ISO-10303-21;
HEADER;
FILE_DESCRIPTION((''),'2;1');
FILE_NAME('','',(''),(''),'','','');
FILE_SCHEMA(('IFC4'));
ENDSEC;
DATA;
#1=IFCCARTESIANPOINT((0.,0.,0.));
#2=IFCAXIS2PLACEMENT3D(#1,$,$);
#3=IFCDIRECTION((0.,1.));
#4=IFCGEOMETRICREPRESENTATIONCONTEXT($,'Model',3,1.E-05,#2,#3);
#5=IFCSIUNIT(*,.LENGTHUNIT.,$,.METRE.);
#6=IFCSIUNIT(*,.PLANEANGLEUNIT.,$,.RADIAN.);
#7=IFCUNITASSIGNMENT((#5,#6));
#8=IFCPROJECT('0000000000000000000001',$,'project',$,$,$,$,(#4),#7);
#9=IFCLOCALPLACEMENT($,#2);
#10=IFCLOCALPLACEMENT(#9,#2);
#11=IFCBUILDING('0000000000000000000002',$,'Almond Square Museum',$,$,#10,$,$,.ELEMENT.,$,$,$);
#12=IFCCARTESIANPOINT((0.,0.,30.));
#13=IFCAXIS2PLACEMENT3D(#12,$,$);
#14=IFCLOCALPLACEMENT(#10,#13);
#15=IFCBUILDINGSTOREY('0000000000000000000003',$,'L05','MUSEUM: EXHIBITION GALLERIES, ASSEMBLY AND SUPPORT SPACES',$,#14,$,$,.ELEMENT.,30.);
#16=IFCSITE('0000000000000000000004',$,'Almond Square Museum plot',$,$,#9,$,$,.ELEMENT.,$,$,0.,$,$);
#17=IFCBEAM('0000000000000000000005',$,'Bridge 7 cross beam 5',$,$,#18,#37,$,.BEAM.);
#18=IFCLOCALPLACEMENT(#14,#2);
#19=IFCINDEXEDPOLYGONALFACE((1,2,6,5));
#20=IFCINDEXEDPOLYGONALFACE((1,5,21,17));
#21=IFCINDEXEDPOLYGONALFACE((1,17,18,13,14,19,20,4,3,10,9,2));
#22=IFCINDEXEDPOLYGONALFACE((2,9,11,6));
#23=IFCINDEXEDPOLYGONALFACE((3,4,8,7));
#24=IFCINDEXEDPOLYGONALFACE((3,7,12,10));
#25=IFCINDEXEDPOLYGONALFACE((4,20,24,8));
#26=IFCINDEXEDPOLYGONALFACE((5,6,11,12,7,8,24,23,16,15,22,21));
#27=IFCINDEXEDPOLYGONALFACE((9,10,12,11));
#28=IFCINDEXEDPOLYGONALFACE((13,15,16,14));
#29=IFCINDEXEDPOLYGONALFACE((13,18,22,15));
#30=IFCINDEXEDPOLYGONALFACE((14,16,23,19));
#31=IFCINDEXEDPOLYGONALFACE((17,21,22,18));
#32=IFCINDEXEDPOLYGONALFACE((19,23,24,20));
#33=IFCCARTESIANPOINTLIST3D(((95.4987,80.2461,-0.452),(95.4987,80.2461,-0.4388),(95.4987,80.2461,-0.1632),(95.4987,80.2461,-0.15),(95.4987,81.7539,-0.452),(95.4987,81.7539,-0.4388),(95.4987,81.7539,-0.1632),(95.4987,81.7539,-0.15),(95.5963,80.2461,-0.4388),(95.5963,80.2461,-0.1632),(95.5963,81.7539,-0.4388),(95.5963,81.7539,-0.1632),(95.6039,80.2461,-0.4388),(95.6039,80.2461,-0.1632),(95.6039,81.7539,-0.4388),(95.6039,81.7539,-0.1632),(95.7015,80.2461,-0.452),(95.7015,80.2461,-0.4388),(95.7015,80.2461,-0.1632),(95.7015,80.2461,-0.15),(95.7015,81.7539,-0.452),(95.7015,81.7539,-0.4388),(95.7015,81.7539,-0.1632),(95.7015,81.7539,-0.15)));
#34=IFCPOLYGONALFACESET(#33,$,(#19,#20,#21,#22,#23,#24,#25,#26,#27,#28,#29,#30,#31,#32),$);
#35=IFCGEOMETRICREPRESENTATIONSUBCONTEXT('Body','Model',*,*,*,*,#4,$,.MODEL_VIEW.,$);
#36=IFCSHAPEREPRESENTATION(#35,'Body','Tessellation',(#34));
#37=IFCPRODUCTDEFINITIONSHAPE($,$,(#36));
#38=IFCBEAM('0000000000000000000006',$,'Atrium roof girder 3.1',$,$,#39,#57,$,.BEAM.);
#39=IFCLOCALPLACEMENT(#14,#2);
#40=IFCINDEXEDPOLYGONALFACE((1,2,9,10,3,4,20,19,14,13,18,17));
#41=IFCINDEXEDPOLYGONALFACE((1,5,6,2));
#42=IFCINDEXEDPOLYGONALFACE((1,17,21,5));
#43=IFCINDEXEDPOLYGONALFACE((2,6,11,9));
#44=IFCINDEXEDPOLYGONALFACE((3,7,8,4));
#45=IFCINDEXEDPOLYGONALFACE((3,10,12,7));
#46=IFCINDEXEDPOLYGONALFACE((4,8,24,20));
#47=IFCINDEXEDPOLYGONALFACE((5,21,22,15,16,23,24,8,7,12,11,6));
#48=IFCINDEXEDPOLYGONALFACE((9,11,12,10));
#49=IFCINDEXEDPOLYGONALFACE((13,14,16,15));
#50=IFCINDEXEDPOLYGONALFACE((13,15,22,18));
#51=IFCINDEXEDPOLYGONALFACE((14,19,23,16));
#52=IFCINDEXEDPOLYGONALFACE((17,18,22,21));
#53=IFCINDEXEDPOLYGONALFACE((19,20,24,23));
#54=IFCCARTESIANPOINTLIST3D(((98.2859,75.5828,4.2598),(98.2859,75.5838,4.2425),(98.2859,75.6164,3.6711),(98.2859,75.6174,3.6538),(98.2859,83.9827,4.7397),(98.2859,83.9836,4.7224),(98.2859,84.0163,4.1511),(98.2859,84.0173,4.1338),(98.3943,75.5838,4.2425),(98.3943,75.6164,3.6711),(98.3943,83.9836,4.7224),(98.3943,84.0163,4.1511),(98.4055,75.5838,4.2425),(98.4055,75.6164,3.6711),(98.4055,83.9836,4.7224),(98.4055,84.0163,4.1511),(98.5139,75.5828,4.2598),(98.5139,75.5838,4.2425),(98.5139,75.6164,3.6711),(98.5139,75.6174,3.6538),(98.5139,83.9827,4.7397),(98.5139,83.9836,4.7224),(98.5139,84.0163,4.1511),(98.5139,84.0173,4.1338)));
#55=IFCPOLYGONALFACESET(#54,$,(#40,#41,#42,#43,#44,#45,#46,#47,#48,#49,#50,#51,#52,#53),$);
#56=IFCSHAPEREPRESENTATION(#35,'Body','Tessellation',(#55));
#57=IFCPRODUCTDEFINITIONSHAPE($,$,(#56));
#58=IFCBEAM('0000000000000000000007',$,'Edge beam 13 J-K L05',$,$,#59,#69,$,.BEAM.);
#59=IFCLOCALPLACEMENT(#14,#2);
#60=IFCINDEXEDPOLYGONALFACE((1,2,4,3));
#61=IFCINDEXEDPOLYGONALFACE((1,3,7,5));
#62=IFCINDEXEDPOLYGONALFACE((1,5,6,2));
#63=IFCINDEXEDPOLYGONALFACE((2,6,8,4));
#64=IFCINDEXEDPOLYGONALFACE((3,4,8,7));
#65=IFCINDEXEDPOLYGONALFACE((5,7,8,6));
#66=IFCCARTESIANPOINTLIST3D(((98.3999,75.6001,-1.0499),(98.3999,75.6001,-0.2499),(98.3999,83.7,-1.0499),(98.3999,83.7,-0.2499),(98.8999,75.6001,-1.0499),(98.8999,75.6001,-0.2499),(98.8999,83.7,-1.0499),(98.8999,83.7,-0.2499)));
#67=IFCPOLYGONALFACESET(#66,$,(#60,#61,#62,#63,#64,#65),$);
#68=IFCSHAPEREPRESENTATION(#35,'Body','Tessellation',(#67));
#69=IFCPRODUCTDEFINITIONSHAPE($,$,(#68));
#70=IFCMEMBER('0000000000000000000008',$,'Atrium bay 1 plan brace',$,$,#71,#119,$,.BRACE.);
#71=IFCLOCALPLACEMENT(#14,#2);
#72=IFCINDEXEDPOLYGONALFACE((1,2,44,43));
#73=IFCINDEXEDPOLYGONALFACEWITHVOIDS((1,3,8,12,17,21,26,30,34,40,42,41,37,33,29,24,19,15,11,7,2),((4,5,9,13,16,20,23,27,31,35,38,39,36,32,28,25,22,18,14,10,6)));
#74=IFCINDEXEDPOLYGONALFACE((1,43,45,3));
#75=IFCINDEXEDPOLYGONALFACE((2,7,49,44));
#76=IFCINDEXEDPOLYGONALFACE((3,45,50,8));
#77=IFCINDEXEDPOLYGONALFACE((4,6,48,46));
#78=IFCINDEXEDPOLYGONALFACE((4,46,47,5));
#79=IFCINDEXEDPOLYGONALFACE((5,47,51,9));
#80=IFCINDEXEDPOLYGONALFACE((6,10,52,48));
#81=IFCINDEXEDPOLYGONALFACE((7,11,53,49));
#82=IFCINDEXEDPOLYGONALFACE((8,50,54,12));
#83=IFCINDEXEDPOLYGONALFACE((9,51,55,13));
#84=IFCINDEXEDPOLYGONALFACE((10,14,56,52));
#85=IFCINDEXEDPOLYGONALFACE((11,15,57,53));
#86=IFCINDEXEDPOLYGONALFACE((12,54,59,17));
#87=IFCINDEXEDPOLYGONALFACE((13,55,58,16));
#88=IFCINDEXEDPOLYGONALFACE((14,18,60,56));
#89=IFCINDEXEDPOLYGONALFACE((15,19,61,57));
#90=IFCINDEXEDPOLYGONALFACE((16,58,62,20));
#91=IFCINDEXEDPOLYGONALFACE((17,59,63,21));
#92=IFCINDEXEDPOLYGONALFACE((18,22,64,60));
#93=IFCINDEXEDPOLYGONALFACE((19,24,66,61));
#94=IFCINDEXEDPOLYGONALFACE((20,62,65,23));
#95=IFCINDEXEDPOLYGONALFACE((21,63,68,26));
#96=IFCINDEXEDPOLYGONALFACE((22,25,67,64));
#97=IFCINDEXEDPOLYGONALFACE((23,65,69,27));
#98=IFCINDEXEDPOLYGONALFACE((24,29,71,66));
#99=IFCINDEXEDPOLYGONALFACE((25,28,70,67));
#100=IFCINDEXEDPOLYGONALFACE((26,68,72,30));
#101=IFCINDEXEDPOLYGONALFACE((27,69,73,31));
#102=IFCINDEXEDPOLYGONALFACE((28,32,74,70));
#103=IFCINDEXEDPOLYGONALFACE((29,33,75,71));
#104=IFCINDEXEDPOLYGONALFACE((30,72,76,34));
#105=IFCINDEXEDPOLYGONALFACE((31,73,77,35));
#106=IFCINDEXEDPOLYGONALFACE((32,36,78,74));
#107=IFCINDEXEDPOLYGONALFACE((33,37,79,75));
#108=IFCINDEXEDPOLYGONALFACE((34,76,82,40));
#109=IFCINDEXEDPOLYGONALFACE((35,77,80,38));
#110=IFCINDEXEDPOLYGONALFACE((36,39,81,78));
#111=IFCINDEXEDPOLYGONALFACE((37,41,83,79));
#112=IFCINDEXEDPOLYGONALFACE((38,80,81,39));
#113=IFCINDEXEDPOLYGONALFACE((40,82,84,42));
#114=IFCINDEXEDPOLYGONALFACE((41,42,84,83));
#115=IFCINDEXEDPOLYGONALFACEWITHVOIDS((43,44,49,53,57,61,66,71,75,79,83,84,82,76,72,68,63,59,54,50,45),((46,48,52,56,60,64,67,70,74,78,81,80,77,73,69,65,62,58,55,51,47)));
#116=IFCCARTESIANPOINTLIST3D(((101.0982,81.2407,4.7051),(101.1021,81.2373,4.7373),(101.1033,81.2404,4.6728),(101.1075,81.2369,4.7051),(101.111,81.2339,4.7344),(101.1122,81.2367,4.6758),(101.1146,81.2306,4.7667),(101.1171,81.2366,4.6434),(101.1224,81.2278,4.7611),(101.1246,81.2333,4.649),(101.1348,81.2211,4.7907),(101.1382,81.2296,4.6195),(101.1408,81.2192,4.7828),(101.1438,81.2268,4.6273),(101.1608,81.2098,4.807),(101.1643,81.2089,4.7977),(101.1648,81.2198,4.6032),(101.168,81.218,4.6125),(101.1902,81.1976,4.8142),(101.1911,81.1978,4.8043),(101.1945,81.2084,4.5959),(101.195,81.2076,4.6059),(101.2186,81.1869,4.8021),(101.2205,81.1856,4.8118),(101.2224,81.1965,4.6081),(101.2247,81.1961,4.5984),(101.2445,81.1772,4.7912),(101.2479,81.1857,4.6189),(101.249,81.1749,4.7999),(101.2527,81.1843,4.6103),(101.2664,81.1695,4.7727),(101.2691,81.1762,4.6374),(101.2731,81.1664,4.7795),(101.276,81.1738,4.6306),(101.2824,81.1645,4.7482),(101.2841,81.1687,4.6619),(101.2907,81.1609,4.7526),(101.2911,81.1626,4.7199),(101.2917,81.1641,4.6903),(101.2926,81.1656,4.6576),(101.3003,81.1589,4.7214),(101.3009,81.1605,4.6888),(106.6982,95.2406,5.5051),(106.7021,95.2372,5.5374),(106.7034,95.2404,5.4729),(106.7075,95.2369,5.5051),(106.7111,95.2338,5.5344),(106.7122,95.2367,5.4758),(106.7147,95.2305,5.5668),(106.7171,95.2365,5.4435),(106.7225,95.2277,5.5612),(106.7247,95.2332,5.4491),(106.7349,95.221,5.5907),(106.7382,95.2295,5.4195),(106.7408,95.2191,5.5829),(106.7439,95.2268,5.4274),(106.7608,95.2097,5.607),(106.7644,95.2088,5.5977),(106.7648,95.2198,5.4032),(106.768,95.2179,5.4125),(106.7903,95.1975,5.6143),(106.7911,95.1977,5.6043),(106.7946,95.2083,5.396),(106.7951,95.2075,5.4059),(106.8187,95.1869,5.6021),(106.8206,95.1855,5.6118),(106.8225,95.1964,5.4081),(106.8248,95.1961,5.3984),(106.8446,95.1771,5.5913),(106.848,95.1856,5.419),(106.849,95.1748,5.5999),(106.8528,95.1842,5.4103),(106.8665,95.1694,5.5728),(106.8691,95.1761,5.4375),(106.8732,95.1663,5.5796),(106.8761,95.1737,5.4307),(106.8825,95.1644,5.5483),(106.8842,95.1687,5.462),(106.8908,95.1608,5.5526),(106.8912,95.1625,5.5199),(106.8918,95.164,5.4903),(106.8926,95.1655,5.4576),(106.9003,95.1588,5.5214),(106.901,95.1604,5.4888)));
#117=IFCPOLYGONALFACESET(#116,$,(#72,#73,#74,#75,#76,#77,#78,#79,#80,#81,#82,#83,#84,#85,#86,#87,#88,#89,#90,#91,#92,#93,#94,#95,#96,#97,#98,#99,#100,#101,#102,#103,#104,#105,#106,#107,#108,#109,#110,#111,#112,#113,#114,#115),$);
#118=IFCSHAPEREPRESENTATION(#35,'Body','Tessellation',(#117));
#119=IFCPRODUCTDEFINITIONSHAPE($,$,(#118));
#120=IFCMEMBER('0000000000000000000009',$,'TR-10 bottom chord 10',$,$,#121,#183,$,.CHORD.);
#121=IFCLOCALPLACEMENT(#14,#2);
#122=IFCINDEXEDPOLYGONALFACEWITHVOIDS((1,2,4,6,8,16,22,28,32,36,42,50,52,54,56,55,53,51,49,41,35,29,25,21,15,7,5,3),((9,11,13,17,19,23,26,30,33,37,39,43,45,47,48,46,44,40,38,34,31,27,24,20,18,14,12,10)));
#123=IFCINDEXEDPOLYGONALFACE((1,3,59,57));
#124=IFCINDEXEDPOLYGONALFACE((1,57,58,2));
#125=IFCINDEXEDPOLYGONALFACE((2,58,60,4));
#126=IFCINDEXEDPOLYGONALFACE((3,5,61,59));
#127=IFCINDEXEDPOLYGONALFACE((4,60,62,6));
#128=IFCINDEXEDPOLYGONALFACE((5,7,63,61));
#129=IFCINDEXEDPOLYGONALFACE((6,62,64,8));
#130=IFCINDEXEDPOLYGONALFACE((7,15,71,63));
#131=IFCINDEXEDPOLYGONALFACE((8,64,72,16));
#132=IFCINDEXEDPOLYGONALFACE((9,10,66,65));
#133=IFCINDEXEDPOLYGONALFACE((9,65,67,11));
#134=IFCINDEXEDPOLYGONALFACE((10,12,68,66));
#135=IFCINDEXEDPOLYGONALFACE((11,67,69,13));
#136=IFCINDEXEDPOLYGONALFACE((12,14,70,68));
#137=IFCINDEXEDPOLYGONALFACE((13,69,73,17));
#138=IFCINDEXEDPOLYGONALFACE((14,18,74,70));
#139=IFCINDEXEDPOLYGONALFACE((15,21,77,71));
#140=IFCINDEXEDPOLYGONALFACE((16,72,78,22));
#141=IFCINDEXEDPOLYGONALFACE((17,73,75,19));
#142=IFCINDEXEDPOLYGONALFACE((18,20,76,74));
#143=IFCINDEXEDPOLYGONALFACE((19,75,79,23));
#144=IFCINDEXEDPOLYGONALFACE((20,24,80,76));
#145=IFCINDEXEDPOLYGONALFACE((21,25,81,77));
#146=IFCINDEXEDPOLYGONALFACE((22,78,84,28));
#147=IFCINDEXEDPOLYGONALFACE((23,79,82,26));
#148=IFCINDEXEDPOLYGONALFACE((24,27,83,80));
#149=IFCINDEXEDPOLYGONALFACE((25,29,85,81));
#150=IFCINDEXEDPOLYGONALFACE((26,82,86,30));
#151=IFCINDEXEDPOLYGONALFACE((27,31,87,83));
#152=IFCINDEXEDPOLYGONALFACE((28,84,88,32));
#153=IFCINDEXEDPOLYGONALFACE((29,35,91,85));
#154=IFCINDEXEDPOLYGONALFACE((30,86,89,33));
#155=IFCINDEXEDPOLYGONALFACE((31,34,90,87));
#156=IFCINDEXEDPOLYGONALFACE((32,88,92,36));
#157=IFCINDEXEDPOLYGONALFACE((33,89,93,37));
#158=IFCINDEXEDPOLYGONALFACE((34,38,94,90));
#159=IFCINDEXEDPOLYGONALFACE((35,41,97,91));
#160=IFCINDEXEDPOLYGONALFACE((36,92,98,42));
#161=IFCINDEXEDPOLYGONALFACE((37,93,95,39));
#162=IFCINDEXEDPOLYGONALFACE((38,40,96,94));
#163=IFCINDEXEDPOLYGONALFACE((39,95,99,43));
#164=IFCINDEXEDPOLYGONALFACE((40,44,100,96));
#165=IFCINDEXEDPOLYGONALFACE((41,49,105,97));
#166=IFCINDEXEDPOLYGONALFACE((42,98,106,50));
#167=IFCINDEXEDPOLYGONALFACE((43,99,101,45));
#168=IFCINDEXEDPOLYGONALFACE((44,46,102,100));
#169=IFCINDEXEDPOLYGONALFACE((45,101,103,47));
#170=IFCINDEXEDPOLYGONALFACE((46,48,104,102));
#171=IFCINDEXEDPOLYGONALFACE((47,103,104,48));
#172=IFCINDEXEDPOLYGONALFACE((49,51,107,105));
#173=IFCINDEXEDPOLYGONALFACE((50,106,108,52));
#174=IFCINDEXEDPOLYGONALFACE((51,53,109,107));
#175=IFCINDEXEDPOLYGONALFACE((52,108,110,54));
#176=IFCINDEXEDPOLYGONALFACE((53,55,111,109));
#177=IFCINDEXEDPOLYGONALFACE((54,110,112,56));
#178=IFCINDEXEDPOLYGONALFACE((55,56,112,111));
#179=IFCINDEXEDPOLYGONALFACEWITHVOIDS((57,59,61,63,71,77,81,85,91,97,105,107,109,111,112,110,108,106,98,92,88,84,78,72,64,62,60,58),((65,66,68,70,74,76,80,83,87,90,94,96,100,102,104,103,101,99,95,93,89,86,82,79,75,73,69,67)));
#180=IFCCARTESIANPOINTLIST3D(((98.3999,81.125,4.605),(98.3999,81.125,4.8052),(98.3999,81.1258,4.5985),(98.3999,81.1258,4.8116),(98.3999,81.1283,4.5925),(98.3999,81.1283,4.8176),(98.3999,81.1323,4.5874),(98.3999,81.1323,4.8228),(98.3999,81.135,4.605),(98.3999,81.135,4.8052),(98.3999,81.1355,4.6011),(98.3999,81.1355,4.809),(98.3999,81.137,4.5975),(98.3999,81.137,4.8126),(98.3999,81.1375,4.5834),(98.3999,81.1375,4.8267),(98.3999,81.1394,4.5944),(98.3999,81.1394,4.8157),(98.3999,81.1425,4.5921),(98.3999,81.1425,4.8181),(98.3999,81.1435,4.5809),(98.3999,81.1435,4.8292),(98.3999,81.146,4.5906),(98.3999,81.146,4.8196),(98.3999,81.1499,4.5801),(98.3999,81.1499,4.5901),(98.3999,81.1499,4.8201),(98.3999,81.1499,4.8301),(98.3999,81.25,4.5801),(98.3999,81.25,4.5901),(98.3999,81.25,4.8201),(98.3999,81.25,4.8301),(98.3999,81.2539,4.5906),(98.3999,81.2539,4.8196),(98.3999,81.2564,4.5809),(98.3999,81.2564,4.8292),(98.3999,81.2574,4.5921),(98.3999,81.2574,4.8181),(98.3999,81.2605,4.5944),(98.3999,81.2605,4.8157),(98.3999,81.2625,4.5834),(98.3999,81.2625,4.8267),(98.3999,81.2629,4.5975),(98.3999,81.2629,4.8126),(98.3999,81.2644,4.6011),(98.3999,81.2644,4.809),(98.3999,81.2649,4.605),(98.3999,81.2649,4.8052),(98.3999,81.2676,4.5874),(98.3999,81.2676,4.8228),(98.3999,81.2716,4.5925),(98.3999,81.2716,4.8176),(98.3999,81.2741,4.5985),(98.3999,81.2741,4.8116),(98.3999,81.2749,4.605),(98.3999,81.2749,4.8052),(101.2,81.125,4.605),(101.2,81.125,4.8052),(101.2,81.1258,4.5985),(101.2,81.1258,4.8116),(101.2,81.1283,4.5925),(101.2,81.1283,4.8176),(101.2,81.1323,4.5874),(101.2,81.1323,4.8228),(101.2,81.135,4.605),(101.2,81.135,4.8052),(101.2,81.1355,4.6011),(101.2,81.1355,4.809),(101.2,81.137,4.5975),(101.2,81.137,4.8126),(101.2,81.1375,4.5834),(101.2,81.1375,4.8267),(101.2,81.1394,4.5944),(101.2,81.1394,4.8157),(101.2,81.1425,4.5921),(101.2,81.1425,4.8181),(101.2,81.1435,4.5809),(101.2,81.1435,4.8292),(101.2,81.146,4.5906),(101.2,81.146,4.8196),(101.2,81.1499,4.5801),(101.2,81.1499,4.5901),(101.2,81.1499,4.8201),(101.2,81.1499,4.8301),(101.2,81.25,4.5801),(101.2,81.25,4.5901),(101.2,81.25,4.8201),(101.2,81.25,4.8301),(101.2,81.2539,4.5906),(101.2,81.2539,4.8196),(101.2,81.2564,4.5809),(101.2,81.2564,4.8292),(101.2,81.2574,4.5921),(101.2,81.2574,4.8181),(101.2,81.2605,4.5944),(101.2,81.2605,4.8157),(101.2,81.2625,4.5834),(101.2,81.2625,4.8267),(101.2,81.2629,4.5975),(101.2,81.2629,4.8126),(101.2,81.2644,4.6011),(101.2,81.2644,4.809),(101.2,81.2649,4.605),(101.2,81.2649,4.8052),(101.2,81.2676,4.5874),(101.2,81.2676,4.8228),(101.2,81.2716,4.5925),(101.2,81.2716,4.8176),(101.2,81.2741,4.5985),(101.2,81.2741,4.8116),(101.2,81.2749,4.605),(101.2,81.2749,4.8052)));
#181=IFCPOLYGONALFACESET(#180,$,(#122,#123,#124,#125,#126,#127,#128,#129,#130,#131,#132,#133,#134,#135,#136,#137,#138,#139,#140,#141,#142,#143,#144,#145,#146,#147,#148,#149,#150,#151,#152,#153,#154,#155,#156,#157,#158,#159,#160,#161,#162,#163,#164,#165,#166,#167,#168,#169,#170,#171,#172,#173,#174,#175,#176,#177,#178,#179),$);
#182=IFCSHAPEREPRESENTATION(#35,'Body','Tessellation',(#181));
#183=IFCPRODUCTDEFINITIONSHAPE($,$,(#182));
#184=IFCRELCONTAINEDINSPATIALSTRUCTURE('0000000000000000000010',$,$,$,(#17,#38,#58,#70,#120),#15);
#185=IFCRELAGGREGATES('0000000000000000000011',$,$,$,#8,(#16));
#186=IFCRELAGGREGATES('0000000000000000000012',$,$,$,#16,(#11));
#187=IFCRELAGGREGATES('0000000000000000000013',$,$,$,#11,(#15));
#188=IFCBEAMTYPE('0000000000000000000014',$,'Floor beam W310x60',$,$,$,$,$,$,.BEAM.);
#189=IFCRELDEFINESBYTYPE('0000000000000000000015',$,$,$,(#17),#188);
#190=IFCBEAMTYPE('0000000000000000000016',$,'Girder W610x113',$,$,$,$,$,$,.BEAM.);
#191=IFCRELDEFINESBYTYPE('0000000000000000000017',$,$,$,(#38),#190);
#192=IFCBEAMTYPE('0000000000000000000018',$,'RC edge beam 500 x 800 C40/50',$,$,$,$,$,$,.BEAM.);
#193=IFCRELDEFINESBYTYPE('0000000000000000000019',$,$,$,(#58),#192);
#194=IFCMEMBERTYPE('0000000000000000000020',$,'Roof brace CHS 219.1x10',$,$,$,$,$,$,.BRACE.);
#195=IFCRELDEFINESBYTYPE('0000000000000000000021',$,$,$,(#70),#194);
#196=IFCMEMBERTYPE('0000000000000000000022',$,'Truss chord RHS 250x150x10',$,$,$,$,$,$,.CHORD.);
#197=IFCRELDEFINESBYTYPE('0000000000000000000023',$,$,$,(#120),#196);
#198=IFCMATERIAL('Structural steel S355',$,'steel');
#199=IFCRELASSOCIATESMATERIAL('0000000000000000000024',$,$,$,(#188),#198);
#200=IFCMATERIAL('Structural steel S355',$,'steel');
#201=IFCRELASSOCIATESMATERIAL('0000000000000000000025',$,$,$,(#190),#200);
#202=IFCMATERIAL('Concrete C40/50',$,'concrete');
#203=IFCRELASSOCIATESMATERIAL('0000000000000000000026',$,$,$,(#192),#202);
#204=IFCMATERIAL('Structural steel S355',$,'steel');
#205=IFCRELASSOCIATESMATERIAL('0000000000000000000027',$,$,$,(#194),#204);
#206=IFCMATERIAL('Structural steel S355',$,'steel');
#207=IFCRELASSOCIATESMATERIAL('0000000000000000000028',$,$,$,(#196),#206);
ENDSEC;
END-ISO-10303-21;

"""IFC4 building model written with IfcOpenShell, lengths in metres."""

from ifc_helpers import new_model, si_unit, direction, frame, origin, origin_2d, place, context, subcontext, project, spatial, rectangle, hollow_rectangle, hollow_circle, i_section, extrude, material, material_profile, profile_set, type_object, element, save


model = new_model("IFC4")

# Units and contexts
model_context = context("Model", 3, precision=1e-05, world=origin(), true_north=direction((0.0, 1.0)))
body_context = subcontext(model_context, "Body", "Model", "MODEL_VIEW")
ifc_project = project(units=[si_unit("LENGTHUNIT", "METRE"), si_unit("PLANEANGLEUNIT", "RADIAN")], contexts=[model_context])

# Site, building, storey
site_placement = place(None, origin())
site = spatial("IfcSite", under=ifc_project, at=site_placement, Name="Almond Square Museum plot", CompositionType="ELEMENT", RefElevation=0.0)
building_placement = place(site_placement, origin())
building = spatial("IfcBuilding", under=site, at=building_placement, Name="Almond Square Museum", CompositionType="ELEMENT")
storey_placement = place(building_placement, frame((0.0, 0.0, 30.0)))
storey = spatial("IfcBuildingStorey", under=building, at=storey_placement, Name="L05", Description="MUSEUM: EXHIBITION GALLERIES, ASSEMBLY AND SUPPORT SPACES", CompositionType="ELEMENT", Elevation=30.0)

# Beams
ifc_material_1 = material(Name="Structural steel S355", Category="steel")
ifc_material_profile_1 = material_profile(ifc_material_1, i_section(OverallWidth=0.2029, OverallDepth=0.302, WebThickness=0.0076, FlangeThickness=0.0132, at=origin_2d()))
ifc_profile_set_1 = profile_set([ifc_material_profile_1], Name="Structural steel S355")
beam_type_1 = type_object("IfcBeamType", Name="Floor beam W310x60", PredefinedType="BEAM", material=ifc_profile_set_1)
beam_1_placement = place(storey_placement, frame((95.6001, 80.2461, -0.301), z_axis=(0.0, 1.0, 0.0), x_axis=(-1.0, 0.0, 0.0)))
element("IfcBeam", 1, at=beam_1_placement, inside=storey, type_object=beam_type_1, Name="Bridge 7 cross beam 5", PredefinedType="BEAM", context=body_context, shape_type="SweptSolid", body=[
    extrude(i_section(OverallWidth=0.2029, OverallDepth=0.302, WebThickness=0.0076, FlangeThickness=0.0132, at=origin_2d()), origin(), (0.0, 0.0, 1.0), 1.5078),
])
ifc_material_2 = material(Name="Structural steel S355", Category="steel")
ifc_material_profile_2 = material_profile(ifc_material_2, i_section(OverallWidth=0.228, OverallDepth=0.6069, WebThickness=0.0112, FlangeThickness=0.0173, at=origin_2d()))
ifc_profile_set_2 = profile_set([ifc_material_profile_2], Name="Structural steel S355")
beam_type_2 = type_object("IfcBeamType", Name="Girder W610x113", PredefinedType="BEAM", material=ifc_profile_set_2)
beam_2_placement = place(storey_placement, frame((98.3999, 75.6001, 3.9568), z_axis=(0.0, 0.998371, 0.057048), x_axis=(-1.0, 0.0, 0.0)))
element("IfcBeam", 2, at=beam_2_placement, inside=storey, type_object=beam_type_2, Name="Atrium roof girder 3.1", PredefinedType="BEAM", context=body_context, shape_type="SweptSolid", body=[
    extrude(i_section(OverallWidth=0.228, OverallDepth=0.6069, WebThickness=0.0112, FlangeThickness=0.0173, at=origin_2d()), origin(), (0.0, 0.0, 1.0), 8.4136),
])
ifc_material_3 = material(Name="Concrete C40/50", Category="concrete")
ifc_material_profile_3 = material_profile(ifc_material_3, rectangle(XDim=0.5, YDim=0.8, at=origin_2d()))
ifc_profile_set_3 = profile_set([ifc_material_profile_3], Name="Concrete C40/50")
beam_type_3 = type_object("IfcBeamType", Name="RC edge beam 500 x 800 C40/50", PredefinedType="BEAM", material=ifc_profile_set_3)
beam_3_placement = place(storey_placement, frame((98.6499, 75.6001, -0.6499), z_axis=(0.0, 1.0, 0.0), x_axis=(-1.0, 0.0, 0.0)))
element("IfcBeam", 3, at=beam_3_placement, inside=storey, type_object=beam_type_3, Name="Edge beam 13 J-K L05", PredefinedType="BEAM", context=body_context, shape_type="SweptSolid", body=[
    extrude(rectangle(XDim=0.5, YDim=0.8, at=origin_2d()), origin(), (0.0, 0.0, 1.0), 8.0999),
])

# Members
ifc_material_4 = material(Name="Structural steel S355", Category="steel")
ifc_material_profile_4 = material_profile(ifc_material_4, hollow_circle(Radius=0.1096, WallThickness=0.01, at=origin_2d()))
ifc_profile_set_4 = profile_set([ifc_material_profile_4], Name="Structural steel S355")
member_type_1 = type_object("IfcMemberType", Name="Roof brace CHS 219.1x10", PredefinedType="BRACE", material=ifc_profile_set_4)
member_1_placement = place(storey_placement, frame((101.2, 81.2, 4.7051), z_axis=(0.370875, 0.92717, 0.052984), x_axis=(-0.928474, 0.371396, 0.0)))
element("IfcMember", 4, at=member_1_placement, inside=storey, type_object=member_type_1, Name="Atrium bay 1 plan brace", PredefinedType="BRACE", context=body_context, shape_type="SweptSolid", body=[
    extrude(hollow_circle(Radius=0.1096, WallThickness=0.01, at=origin_2d()), origin(), (0.0, 0.0, 1.0), 15.0996),
])
ifc_material_5 = material(Name="Structural steel S355", Category="steel")
ifc_material_profile_5 = material_profile(ifc_material_5, hollow_rectangle(XDim=0.1499, YDim=0.25, WallThickness=0.01, InnerFilletRadius=0.0149, OuterFilletRadius=0.0249, at=origin_2d()))
ifc_profile_set_5 = profile_set([ifc_material_profile_5], Name="Structural steel S355")
member_type_2 = type_object("IfcMemberType", Name="Truss chord RHS 250x150x10", PredefinedType="CHORD", material=ifc_profile_set_5)
for number, where, z_axis, x_axis, name in (
    (5, (98.3999, 81.2, 4.7051), (1.0, 0.0, 0.0), (0.0, 1.0, 0.0), "TR-10 bottom chord 10"),
):
    element("IfcMember", number, at=place(storey_placement, frame(where, z_axis=z_axis, x_axis=x_axis)), inside=storey, type_object=member_type_2, Name=name, PredefinedType="CHORD", context=body_context, shape_type="SweptSolid", body=[
        extrude(hollow_rectangle(XDim=0.1499, YDim=0.25, WallThickness=0.01, InnerFilletRadius=0.0149, OuterFilletRadius=0.0249, at=origin_2d()), origin(), (0.0, 0.0, 1.0), 2.8),
    ])

save(model, "model.ifc")
